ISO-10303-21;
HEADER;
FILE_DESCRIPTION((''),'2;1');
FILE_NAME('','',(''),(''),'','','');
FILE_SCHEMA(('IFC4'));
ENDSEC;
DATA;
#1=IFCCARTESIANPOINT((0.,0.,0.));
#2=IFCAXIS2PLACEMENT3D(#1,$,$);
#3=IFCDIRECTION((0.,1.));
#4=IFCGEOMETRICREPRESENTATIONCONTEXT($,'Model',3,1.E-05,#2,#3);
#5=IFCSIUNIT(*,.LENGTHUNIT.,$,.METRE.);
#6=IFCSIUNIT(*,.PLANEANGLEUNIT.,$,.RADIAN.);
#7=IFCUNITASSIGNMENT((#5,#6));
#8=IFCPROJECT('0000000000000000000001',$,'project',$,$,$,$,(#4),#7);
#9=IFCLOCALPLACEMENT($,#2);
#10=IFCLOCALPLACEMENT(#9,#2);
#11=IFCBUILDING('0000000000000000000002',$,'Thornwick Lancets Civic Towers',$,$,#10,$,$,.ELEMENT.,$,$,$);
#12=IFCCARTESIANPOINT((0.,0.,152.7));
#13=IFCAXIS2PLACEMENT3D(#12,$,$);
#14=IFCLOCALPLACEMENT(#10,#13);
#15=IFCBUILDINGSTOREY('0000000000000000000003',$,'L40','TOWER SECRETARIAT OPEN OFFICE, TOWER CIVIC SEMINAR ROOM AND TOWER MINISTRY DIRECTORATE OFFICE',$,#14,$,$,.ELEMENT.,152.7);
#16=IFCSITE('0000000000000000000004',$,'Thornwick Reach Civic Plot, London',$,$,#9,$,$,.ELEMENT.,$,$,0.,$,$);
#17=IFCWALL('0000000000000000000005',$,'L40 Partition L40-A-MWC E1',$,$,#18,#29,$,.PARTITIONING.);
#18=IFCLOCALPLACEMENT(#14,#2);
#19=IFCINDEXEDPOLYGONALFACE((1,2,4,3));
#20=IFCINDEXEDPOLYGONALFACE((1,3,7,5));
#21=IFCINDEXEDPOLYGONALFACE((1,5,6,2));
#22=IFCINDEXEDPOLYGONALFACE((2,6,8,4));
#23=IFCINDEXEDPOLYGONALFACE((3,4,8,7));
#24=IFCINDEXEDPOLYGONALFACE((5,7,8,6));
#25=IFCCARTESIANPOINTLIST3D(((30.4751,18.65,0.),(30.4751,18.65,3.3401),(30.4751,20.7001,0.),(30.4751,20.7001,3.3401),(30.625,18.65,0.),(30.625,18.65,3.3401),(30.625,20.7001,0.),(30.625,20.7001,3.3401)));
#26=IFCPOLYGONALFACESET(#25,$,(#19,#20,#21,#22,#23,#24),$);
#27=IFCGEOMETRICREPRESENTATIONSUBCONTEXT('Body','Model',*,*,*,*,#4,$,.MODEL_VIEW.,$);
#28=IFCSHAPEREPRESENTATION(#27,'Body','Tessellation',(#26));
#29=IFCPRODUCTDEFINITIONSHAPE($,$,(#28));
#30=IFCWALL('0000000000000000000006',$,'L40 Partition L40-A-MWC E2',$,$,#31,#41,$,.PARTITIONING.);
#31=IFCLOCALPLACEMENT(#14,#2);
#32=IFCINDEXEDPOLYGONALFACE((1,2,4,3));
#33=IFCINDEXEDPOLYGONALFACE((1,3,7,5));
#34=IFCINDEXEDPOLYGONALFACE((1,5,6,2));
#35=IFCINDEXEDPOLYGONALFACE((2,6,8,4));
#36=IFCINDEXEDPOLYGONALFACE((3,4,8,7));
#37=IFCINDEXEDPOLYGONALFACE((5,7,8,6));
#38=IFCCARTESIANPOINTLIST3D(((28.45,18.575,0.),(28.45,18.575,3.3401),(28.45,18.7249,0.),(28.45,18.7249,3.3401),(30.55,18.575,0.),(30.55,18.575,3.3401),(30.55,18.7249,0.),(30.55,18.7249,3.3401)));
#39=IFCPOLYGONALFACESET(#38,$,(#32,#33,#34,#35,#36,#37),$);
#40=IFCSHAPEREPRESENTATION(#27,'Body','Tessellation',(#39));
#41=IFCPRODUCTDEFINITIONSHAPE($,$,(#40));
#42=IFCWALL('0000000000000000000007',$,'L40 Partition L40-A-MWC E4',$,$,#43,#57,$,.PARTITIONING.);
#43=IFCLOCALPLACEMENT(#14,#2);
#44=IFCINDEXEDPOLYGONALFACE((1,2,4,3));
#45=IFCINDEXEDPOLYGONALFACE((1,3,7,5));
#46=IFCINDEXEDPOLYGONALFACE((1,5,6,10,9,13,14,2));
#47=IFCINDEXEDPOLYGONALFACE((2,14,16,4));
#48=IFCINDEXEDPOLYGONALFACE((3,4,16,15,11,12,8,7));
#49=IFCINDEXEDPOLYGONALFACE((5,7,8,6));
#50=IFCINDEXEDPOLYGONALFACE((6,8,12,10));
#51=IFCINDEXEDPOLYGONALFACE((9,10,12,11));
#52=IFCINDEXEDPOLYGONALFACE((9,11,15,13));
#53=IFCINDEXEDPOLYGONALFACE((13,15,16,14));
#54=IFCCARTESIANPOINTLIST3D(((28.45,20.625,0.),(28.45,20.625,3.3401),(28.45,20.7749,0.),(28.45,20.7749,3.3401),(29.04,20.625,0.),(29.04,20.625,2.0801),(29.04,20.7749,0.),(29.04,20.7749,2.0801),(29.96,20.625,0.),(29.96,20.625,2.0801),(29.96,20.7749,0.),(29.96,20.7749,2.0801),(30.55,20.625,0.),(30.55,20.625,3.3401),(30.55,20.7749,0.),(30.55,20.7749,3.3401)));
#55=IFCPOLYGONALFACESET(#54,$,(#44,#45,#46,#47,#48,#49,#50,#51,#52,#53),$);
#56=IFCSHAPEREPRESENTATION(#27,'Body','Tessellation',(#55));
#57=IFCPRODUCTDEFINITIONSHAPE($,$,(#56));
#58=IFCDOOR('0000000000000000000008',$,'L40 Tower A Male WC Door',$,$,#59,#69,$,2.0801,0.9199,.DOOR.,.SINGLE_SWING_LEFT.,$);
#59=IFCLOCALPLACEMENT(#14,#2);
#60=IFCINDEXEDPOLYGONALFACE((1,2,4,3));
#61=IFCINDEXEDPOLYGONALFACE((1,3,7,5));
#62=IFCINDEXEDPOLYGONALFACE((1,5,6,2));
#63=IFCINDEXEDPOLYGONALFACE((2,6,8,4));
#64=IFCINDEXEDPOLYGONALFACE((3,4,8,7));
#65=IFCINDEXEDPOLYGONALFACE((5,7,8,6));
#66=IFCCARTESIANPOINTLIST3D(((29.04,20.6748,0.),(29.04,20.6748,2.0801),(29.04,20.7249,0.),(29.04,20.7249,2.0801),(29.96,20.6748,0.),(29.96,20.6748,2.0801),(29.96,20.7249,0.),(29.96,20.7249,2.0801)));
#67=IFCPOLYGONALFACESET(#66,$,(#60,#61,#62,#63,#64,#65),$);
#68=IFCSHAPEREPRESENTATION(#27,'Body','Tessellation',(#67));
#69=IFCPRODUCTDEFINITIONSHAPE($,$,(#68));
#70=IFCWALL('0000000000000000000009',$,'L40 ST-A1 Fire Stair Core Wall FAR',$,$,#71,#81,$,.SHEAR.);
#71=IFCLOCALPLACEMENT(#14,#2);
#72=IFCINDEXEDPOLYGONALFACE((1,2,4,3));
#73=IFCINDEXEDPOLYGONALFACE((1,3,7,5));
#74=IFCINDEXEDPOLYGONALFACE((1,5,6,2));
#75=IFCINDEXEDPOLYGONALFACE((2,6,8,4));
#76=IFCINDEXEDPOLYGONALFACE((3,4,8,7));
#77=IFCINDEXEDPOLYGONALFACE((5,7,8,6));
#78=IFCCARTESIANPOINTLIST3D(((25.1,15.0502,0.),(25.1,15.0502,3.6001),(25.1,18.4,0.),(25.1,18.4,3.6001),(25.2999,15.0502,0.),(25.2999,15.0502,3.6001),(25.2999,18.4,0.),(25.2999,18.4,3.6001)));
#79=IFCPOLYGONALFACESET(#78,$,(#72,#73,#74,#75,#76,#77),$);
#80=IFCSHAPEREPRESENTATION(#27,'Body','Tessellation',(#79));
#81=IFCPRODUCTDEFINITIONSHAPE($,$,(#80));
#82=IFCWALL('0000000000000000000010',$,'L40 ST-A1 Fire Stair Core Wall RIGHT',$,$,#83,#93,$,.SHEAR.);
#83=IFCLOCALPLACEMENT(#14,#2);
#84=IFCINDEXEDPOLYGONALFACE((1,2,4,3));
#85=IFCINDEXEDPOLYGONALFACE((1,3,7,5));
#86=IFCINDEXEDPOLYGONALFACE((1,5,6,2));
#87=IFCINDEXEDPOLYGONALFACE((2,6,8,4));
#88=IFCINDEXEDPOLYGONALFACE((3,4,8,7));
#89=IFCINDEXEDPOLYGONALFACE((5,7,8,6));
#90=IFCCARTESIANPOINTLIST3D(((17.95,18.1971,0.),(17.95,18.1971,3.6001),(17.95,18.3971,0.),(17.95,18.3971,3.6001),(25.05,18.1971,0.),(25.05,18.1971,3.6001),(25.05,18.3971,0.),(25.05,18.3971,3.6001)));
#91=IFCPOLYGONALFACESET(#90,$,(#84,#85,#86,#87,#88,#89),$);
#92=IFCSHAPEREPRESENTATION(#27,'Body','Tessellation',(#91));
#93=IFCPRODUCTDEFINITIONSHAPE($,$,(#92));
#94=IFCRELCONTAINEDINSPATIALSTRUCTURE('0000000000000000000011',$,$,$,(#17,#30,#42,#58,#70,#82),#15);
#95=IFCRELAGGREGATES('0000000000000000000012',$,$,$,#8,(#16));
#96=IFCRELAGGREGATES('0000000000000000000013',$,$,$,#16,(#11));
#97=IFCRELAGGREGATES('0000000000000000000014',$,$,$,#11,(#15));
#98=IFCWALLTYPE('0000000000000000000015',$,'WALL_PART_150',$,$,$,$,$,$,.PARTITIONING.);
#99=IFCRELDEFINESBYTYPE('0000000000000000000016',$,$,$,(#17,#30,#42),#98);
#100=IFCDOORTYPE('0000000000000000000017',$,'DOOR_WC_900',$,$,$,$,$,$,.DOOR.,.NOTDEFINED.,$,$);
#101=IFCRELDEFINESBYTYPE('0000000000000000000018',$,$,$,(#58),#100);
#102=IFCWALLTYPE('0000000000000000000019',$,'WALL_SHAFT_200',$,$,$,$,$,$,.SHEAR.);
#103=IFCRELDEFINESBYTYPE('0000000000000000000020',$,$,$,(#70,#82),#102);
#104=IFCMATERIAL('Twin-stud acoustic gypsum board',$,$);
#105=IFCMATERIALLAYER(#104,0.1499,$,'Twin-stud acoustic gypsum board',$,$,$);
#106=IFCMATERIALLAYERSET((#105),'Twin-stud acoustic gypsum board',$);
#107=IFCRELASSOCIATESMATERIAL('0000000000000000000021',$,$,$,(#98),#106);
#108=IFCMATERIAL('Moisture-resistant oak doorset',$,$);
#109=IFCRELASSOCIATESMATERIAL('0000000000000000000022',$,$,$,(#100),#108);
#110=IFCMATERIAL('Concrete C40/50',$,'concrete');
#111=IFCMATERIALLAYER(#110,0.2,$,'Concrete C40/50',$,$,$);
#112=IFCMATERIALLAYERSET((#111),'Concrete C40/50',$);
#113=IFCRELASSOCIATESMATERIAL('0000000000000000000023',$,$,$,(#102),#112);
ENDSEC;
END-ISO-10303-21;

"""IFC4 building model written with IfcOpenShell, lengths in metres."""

from ifc_helpers import new_model, si_unit, direction, frame, frame_2d, origin, place, context, subcontext, project, spatial, rectangle, extrude, material, layer, layer_set, type_object, element, fill, save


model = new_model("IFC4")

# Units and contexts
model_context = context("Model", 3, precision=1e-05, world=origin(), true_north=direction((0.0, 1.0)))
body_context = subcontext(model_context, "Body", "Model", "MODEL_VIEW")
ifc_project = project(units=[si_unit("LENGTHUNIT", "METRE"), si_unit("PLANEANGLEUNIT", "RADIAN")], contexts=[model_context])

# Site, building, storey
site_placement = place(None, origin())
site = spatial("IfcSite", under=ifc_project, at=site_placement, Name="Thornwick Reach Civic Plot, London", CompositionType="ELEMENT", RefElevation=0.0)
building_placement = place(site_placement, origin())
building = spatial("IfcBuilding", under=site, at=building_placement, Name="Thornwick Lancets Civic Towers", CompositionType="ELEMENT")
storey_placement = place(building_placement, frame((0.0, 0.0, 152.7)))
storey = spatial("IfcBuildingStorey", under=building, at=storey_placement, Name="L40", Description="TOWER SECRETARIAT OPEN OFFICE, TOWER CIVIC SEMINAR ROOM AND TOWER MINISTRY DIRECTORATE OFFICE", CompositionType="ELEMENT", Elevation=152.7)

# Walls
ifc_material_1 = material(Name="Twin-stud acoustic gypsum board")
ifc_layer_1 = layer(ifc_material_1, 0.1499, Name="Twin-stud acoustic gypsum board")
ifc_layer_set_1 = layer_set([ifc_layer_1], Name="Twin-stud acoustic gypsum board")
wall_type_1 = type_object("IfcWallType", Name="WALL_PART_150", PredefinedType="PARTITIONING", material=ifc_layer_set_1)
wall_1_placement = place(storey_placement, frame((30.55, 20.7, 0.0), z_axis=(0.0, 0.0, 1.0), x_axis=(0.0, -1.0, 0.0)))
element("IfcWall", 1, at=wall_1_placement, inside=storey, type_object=wall_type_1, Name="L40 Partition L40-A-MWC E1", PredefinedType="PARTITIONING", context=body_context, shape_type="SweptSolid", body=[
    extrude(rectangle(XDim=2.05, YDim=0.1499, at=frame_2d((1.0249, 0.0))), origin(), (0.0, 0.0, 1.0), 3.3401),
])
wall_2_placement = place(storey_placement, frame((30.55, 18.6499, 0.0), z_axis=(0.0, 0.0, 1.0), x_axis=(-1.0, 0.0, 0.0)))
element("IfcWall", 2, at=wall_2_placement, inside=storey, type_object=wall_type_1, Name="L40 Partition L40-A-MWC E2", PredefinedType="PARTITIONING", context=body_context, shape_type="SweptSolid", body=[
    extrude(rectangle(XDim=2.1001, YDim=0.1499, at=frame_2d((1.05, 0.0))), origin(), (0.0, 0.0, 1.0), 3.3401),
])

# Wall, opening, door
wall_3_placement = place(storey_placement, frame((28.45, 20.7, 0.0), z_axis=(0.0, 0.0, 1.0), x_axis=(1.0, 0.0, 0.0)))
wall_3 = element("IfcWall", 3, at=wall_3_placement, inside=storey, type_object=wall_type_1, Name="L40 Partition L40-A-MWC E4", PredefinedType="PARTITIONING", context=body_context, shape_type="SweptSolid", body=[
    extrude(rectangle(XDim=2.1001, YDim=0.1499, at=frame_2d((1.05, 0.0))), origin(), (0.0, 0.0, 1.0), 3.3401),
])
opening_1_placement = place(wall_3_placement, frame((0.5901, 0.0, 0.0)))
opening_1 = element("IfcOpeningElement", 4, at=opening_1_placement, cuts=wall_3, PredefinedType="OPENING", context=body_context, shape_type="SweptSolid", body=[
    extrude(rectangle(XDim=0.9199, YDim=2.0801, at=frame_2d((0.46, 1.04))), frame((0.0, 0.085, 0.0), z_axis=(0.0, -1.0, 0.0), x_axis=(1.0, 0.0, 0.0)), (0.0, 0.0, 1.0), 0.1699),
])
ifc_material_2 = material(Name="Moisture-resistant oak doorset")
door_type_1 = type_object("IfcDoorType", Name="DOOR_WC_900", OperationType="NOTDEFINED", PredefinedType="DOOR", material=ifc_material_2)
door_1_placement = place(opening_1_placement, origin())
door_1 = element("IfcDoor", 5, at=door_1_placement, inside=storey, type_object=door_type_1, Name="L40 Tower A Male WC Door", OperationType="SINGLE_SWING_LEFT", OverallHeight=2.0801, OverallWidth=0.9199, PredefinedType="DOOR", context=body_context, shape_type="SweptSolid", body=[
    extrude(rectangle(XDim=0.9199, YDim=2.0801, at=frame_2d((0.46, 1.04))), frame((0.0, 0.0249, 0.0), z_axis=(0.0, -1.0, 0.0), x_axis=(1.0, 0.0, 0.0)), (0.0, 0.0, 1.0), 0.05),
])
fill(opening_1, door_1)

# Walls
ifc_material_3 = material(Name="Concrete C40/50", Category="concrete")
ifc_layer_2 = layer(ifc_material_3, 0.2, Name="Concrete C40/50")
ifc_layer_set_2 = layer_set([ifc_layer_2], Name="Concrete C40/50")
wall_type_2 = type_object("IfcWallType", Name="WALL_SHAFT_200", PredefinedType="SHEAR", material=ifc_layer_set_2)
wall_4_placement = place(storey_placement, frame((25.2, 18.3999, 0.0), z_axis=(0.0, 0.0, 1.0), x_axis=(0.0, -1.0, 0.0)))
element("IfcWall", 6, at=wall_4_placement, inside=storey, type_object=wall_type_2, Name="L40 ST-A1 Fire Stair Core Wall FAR", PredefinedType="SHEAR", context=body_context, shape_type="SweptSolid", body=[
    extrude(rectangle(XDim=3.3499, YDim=0.2, at=frame_2d((1.6748, 0.0))), origin(), (0.0, 0.0, 1.0), 3.6001),
])
wall_5_placement = place(storey_placement, frame((25.05, 18.2971, 0.0), z_axis=(0.0, 0.0, 1.0), x_axis=(-1.0, 0.0, 0.0)))
element("IfcWall", 7, at=wall_5_placement, inside=storey, type_object=wall_type_2, Name="L40 ST-A1 Fire Stair Core Wall RIGHT", PredefinedType="SHEAR", context=body_context, shape_type="SweptSolid", body=[
    extrude(rectangle(XDim=7.1001, YDim=0.2, at=frame_2d((3.55, 0.0))), origin(), (0.0, 0.0, 1.0), 3.6001),
])

save(model, "model.ifc")
